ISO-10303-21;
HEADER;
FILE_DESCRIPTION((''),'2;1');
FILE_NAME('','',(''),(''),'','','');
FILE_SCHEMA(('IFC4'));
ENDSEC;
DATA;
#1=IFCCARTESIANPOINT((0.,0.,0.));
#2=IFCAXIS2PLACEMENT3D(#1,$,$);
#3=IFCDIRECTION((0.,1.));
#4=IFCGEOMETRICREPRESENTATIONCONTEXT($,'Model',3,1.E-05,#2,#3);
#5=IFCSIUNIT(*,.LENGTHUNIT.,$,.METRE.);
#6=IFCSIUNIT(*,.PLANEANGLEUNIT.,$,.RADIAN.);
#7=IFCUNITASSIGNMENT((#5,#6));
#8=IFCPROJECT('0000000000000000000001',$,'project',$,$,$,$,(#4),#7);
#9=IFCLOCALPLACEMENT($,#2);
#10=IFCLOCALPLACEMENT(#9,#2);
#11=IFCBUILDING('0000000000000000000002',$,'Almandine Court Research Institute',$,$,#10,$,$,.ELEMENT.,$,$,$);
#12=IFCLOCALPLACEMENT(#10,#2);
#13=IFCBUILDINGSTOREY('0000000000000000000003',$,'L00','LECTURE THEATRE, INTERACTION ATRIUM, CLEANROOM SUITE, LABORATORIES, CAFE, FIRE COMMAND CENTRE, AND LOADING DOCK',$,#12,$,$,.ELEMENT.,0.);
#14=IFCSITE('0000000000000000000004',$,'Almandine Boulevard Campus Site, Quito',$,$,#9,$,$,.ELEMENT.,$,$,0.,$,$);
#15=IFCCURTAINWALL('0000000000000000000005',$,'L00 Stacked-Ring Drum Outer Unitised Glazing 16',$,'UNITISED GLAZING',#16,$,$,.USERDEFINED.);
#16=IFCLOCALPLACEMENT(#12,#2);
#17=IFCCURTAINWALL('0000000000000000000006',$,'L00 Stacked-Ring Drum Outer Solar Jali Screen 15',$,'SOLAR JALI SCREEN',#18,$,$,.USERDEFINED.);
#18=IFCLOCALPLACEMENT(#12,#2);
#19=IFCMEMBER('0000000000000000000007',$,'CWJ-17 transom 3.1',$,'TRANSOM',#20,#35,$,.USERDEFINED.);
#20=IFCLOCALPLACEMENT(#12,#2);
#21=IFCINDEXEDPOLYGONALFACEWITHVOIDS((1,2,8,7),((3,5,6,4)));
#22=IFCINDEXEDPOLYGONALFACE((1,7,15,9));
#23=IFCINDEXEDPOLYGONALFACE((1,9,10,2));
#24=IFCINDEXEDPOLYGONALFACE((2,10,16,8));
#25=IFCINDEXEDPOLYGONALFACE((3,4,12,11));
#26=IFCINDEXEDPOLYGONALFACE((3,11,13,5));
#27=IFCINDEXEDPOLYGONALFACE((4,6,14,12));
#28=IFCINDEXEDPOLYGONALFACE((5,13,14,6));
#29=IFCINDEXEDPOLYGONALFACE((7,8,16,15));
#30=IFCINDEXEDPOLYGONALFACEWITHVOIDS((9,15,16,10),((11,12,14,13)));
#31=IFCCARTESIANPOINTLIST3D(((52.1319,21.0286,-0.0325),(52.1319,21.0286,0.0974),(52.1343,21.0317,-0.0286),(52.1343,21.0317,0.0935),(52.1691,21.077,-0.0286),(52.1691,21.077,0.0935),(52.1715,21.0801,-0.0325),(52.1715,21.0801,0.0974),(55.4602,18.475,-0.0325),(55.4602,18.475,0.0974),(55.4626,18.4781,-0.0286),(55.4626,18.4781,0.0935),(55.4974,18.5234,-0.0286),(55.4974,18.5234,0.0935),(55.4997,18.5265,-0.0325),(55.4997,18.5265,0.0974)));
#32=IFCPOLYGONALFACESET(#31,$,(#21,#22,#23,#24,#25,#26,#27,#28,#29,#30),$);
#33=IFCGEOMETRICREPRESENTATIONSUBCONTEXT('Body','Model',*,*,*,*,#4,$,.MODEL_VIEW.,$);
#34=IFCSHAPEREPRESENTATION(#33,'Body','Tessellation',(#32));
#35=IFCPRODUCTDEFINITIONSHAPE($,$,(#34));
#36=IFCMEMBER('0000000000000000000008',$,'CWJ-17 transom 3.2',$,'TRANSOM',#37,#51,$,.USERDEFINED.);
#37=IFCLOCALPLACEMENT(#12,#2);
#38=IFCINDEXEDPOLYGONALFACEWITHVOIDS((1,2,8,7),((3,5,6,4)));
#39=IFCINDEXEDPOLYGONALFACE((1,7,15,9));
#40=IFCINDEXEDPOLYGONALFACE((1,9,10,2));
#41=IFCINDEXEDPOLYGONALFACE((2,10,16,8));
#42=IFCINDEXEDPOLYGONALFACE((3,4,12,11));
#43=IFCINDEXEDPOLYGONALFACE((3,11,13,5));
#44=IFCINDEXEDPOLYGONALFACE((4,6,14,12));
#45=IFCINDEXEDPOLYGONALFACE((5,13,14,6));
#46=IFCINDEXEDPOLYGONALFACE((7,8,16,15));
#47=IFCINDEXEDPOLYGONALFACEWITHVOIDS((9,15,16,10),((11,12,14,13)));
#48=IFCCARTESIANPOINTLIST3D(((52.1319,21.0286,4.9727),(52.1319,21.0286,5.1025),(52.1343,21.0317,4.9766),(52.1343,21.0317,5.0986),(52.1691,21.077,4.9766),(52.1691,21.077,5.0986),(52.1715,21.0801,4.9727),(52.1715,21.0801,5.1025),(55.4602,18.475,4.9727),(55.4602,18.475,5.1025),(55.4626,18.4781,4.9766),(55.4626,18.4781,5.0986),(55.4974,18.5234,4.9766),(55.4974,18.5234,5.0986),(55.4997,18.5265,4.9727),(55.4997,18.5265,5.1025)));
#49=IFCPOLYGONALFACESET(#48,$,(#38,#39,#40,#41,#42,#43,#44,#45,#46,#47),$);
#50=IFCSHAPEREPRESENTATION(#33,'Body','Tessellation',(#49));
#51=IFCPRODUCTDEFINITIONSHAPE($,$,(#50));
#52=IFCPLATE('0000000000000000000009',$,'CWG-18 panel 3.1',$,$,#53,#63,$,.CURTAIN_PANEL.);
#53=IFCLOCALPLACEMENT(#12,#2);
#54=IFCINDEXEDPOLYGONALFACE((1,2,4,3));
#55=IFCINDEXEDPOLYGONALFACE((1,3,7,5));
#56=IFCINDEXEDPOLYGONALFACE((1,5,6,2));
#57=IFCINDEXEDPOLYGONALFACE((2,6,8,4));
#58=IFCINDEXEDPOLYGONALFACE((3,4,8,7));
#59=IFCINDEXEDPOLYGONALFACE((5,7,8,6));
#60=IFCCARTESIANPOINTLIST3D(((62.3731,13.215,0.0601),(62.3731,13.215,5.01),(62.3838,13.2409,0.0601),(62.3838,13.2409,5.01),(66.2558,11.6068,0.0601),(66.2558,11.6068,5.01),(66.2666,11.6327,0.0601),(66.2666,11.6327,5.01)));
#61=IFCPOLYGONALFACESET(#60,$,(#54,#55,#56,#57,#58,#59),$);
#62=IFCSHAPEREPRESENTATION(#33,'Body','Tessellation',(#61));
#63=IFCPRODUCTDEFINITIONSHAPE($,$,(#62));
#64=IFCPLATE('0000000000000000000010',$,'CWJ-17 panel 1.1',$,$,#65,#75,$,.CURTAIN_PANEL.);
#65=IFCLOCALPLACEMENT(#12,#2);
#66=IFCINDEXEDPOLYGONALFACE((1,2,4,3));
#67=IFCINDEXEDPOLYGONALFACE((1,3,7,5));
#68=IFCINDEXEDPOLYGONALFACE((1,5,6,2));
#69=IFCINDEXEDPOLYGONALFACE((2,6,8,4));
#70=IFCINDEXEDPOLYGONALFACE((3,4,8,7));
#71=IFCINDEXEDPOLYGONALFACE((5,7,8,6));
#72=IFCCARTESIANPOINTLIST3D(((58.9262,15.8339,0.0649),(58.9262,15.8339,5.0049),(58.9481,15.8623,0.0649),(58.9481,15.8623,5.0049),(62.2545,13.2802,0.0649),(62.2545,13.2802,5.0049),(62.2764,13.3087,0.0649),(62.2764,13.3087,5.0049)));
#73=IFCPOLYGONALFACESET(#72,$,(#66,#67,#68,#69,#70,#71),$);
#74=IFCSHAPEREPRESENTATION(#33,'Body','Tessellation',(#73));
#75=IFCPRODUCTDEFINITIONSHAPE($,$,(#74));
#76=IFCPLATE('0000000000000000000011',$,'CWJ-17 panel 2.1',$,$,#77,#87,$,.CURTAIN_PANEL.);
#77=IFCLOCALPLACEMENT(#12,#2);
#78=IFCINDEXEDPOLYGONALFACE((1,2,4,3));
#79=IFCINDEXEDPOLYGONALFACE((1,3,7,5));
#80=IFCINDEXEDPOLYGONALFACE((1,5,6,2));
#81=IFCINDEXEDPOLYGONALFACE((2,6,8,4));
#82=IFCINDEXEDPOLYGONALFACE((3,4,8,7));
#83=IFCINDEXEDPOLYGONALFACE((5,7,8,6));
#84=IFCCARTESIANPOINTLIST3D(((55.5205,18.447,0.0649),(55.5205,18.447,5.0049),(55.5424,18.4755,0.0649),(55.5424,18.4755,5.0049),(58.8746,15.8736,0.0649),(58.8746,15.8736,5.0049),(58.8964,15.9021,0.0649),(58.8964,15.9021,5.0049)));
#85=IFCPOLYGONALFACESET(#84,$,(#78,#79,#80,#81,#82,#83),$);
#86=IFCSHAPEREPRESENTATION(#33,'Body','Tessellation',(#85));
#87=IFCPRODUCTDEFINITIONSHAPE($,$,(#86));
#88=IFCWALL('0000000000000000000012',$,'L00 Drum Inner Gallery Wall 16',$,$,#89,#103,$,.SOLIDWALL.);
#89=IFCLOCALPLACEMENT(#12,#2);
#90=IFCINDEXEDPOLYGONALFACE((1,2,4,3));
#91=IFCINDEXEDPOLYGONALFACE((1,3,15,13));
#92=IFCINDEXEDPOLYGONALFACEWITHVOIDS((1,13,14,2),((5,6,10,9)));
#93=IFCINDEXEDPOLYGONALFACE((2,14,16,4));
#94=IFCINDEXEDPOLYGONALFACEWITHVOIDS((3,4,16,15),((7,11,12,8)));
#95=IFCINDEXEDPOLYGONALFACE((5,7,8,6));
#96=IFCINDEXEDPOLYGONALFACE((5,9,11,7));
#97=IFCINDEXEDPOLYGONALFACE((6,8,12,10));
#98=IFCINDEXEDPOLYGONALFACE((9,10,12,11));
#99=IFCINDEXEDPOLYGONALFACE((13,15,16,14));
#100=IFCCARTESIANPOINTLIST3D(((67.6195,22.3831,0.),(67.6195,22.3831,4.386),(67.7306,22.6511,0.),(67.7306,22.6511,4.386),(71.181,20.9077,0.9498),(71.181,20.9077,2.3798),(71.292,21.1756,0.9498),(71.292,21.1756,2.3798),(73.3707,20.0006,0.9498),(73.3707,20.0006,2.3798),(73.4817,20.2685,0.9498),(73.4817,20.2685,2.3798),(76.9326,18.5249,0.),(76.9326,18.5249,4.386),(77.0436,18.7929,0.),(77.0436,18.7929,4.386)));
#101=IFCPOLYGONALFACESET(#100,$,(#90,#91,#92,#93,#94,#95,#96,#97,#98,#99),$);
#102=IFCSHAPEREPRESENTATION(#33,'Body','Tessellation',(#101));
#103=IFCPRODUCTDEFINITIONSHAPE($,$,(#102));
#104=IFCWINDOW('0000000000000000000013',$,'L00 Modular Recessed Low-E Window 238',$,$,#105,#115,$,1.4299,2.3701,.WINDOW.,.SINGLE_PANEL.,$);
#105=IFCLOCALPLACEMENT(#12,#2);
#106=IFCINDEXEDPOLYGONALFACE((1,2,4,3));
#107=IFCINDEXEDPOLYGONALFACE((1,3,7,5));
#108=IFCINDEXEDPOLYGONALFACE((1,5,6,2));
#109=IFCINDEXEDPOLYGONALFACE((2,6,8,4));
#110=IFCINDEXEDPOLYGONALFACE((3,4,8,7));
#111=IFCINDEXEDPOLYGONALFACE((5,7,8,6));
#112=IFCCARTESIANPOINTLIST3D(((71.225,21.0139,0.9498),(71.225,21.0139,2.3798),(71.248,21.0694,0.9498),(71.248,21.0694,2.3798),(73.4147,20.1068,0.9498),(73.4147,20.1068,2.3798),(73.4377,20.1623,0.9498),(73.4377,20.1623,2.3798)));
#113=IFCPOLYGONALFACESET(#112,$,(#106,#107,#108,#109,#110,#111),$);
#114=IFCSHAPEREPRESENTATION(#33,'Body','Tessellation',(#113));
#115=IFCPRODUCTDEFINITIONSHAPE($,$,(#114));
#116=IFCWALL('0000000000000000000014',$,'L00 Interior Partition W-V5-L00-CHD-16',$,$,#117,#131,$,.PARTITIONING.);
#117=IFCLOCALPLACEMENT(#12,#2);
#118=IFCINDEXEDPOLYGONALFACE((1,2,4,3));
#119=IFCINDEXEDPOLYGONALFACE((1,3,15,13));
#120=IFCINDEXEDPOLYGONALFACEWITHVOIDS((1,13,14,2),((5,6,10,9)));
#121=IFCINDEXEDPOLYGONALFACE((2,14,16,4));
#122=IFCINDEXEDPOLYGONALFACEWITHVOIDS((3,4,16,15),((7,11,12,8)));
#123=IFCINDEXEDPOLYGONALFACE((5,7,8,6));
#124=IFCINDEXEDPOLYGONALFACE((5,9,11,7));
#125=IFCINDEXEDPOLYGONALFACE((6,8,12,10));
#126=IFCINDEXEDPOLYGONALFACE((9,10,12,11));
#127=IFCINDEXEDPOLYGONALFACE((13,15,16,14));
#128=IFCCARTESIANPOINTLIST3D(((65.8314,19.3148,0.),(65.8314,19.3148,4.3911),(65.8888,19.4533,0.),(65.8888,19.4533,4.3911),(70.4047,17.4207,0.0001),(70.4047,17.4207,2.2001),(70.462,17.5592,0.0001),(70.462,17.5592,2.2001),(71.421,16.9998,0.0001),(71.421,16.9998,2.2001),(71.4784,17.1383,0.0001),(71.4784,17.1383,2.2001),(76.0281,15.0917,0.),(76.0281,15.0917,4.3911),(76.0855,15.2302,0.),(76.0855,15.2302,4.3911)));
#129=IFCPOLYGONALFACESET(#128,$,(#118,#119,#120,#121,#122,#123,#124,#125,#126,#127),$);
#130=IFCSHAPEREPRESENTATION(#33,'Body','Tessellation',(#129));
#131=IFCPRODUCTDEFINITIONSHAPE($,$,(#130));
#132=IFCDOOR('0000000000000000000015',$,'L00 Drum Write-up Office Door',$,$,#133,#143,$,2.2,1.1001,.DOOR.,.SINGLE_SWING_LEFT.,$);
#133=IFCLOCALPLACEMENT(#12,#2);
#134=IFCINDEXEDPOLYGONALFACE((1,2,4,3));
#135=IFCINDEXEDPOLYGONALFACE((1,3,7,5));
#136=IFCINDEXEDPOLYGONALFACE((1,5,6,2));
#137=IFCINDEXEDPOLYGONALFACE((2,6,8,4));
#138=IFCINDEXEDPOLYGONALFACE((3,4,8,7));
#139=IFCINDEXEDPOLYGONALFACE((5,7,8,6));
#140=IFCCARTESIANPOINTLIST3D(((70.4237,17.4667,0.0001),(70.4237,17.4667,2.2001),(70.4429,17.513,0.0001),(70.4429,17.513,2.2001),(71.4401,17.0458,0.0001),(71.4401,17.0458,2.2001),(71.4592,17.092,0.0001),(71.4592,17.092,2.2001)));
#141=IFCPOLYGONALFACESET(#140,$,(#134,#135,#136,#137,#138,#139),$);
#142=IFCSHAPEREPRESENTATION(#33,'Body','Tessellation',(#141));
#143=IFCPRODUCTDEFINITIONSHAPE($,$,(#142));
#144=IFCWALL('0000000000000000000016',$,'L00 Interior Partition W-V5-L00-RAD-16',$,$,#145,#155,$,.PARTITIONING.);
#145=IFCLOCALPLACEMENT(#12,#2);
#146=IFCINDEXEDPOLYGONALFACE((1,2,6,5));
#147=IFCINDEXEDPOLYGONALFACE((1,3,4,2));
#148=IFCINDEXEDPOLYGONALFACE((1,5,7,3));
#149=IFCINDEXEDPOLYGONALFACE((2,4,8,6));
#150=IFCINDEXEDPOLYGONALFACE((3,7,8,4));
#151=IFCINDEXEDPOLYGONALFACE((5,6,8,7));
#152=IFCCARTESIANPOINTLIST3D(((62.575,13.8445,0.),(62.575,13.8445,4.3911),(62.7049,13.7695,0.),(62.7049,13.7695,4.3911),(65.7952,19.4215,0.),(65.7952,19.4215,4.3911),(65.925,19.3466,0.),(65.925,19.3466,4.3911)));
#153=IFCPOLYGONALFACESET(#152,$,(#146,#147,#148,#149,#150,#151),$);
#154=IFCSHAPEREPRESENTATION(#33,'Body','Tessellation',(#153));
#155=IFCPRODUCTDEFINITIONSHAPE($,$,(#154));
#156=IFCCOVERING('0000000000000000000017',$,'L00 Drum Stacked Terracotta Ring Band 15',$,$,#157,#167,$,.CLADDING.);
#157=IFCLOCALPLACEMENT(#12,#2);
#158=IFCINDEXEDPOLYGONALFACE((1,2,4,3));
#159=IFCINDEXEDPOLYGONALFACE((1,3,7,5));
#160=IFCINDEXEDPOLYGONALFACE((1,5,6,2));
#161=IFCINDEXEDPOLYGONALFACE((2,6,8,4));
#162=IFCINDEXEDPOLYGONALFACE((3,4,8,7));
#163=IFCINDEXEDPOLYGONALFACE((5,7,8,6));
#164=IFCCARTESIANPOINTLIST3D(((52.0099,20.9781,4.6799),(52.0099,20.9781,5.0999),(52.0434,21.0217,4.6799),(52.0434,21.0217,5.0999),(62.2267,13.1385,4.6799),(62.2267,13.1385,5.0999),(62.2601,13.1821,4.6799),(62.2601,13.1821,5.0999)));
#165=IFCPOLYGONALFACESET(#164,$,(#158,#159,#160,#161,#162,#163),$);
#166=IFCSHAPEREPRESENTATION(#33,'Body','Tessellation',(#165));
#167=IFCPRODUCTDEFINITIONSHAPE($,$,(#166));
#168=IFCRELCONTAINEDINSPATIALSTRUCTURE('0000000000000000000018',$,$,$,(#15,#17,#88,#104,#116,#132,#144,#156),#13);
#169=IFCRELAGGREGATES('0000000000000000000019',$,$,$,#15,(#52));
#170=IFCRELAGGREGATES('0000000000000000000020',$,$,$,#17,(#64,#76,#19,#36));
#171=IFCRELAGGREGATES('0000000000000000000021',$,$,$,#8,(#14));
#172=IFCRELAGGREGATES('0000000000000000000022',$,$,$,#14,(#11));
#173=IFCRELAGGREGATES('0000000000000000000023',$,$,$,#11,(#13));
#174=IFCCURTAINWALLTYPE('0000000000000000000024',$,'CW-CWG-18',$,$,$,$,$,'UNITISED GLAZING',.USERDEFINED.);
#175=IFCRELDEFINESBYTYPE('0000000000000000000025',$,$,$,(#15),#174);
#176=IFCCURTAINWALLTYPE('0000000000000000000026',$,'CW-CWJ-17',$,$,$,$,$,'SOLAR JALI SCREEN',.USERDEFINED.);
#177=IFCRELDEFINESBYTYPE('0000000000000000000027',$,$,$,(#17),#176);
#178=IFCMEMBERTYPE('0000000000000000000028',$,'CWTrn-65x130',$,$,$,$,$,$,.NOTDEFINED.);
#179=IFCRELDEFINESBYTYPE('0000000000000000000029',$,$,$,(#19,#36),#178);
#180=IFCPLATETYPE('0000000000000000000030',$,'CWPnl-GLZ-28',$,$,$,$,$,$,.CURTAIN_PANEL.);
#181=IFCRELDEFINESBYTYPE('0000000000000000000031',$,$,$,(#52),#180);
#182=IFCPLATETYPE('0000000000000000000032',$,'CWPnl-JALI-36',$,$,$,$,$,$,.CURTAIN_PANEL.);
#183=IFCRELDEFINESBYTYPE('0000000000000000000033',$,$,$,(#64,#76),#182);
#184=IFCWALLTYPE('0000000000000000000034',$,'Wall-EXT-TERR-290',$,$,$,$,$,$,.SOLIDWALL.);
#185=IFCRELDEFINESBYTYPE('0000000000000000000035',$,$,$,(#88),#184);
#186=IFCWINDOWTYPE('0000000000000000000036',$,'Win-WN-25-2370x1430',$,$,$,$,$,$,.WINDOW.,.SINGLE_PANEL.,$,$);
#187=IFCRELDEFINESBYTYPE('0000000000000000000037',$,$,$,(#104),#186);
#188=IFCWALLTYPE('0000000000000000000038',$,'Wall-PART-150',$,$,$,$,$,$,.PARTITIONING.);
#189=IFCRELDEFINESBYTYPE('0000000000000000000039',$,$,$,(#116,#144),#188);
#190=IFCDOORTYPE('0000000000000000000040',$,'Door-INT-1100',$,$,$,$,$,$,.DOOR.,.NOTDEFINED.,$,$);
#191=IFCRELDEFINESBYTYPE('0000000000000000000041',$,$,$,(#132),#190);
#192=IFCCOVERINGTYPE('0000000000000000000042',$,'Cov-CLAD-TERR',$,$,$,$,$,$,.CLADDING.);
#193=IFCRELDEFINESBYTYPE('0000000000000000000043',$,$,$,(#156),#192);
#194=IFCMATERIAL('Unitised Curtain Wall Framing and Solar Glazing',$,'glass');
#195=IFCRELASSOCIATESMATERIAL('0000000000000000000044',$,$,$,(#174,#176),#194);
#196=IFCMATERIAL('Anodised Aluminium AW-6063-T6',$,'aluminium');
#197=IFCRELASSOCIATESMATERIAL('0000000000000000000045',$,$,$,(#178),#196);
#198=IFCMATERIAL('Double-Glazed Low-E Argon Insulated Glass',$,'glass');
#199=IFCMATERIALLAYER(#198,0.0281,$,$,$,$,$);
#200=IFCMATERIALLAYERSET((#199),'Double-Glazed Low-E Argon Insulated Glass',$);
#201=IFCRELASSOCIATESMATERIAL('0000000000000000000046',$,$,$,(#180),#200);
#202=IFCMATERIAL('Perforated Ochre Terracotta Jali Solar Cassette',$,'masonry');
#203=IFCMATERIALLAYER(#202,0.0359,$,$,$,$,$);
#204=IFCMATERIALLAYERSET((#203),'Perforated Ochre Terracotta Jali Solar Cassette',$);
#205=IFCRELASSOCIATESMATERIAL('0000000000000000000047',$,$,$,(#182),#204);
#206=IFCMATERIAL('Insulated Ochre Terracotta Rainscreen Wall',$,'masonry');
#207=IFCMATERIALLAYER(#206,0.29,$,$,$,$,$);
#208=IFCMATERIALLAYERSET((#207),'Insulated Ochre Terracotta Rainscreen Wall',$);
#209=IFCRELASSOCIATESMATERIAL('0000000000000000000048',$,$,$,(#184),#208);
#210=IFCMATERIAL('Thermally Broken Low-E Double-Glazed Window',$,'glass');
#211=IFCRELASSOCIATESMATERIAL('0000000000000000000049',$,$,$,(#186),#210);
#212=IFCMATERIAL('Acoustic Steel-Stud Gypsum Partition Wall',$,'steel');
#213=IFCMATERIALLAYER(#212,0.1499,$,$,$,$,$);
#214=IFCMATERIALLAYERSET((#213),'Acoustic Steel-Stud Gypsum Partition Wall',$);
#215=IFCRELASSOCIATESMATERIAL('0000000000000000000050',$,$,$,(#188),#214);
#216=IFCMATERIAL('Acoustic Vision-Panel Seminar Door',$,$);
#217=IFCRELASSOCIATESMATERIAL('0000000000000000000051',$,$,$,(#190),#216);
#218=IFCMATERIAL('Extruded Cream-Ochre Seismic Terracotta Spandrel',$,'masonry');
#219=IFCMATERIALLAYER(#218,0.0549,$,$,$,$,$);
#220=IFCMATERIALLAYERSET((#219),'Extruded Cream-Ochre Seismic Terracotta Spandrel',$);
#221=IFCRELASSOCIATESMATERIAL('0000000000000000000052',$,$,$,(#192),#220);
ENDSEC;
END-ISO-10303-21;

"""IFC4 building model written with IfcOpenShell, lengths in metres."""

from ifc_helpers import new_model, si_unit, direction, frame, frame_2d, origin, origin_2d, place, context, subcontext, project, spatial, rectangle, hollow_rectangle, extrude, material, layer, layer_set, material_profile, profile_set, type_object, element, fill, aggregate, save


model = new_model("IFC4")

# Units and contexts
model_context = context("Model", 3, precision=1e-05, world=origin(), true_north=direction((0.0, 1.0)))
body_context = subcontext(model_context, "Body", "Model", "MODEL_VIEW")
ifc_project = project(units=[si_unit("LENGTHUNIT", "METRE"), si_unit("PLANEANGLEUNIT", "RADIAN")], contexts=[model_context])

# Site, building, storey
site_placement = place(None, origin())
site = spatial("IfcSite", under=ifc_project, at=site_placement, Name="Almandine Boulevard Campus Site, Quito", CompositionType="ELEMENT", RefElevation=0.0)
building_placement = place(site_placement, origin())
building = spatial("IfcBuilding", under=site, at=building_placement, Name="Almandine Court Research Institute", CompositionType="ELEMENT")
storey_placement = place(building_placement, origin())
storey = spatial("IfcBuildingStorey", under=building, at=storey_placement, Name="L00", Description="LECTURE THEATRE, INTERACTION ATRIUM, CLEANROOM SUITE, LABORATORIES, CAFE, FIRE COMMAND CENTRE, AND LOADING DOCK", CompositionType="ELEMENT", Elevation=0.0)

# Curtain walls
ifc_material_1 = material(Name="Unitised Curtain Wall Framing and Solar Glazing", Category="glass")
curtain_wall_type_1 = type_object("IfcCurtainWallType", Name="CW-CWG-18", ElementType="UNITISED GLAZING", PredefinedType="USERDEFINED", material=ifc_material_1)
curtain_wall_1_placement = place(storey_placement, origin())
curtain_wall_1 = element("IfcCurtainWall", 1, at=curtain_wall_1_placement, inside=storey, type_object=curtain_wall_type_1, Name="L00 Stacked-Ring Drum Outer Unitised Glazing 16", ObjectType="UNITISED GLAZING", PredefinedType="USERDEFINED")
ifc_material_2 = material(Name="Anodised Aluminium AW-6063-T6", Category="aluminium")
curtain_wall_type_2 = type_object("IfcCurtainWallType", Name="CW-CWJ-17", ElementType="SOLAR JALI SCREEN", PredefinedType="USERDEFINED", material=ifc_material_1)
curtain_wall_2_placement = place(storey_placement, origin())
curtain_wall_2 = element("IfcCurtainWall", 2, at=curtain_wall_2_placement, inside=storey, type_object=curtain_wall_type_2, Name="L00 Stacked-Ring Drum Outer Solar Jali Screen 15", ObjectType="SOLAR JALI SCREEN", PredefinedType="USERDEFINED")

# Members
ifc_material_profile_1 = material_profile(ifc_material_2, hollow_rectangle(XDim=0.0649, YDim=0.1299, WallThickness=0.0039, at=origin_2d()), Name="ALU RHS 65x130x4")
ifc_profile_set_1 = profile_set([ifc_material_profile_1], Name="Anodised Aluminium AW-6063-T6")
member_type_1 = type_object("IfcMemberType", Name="CWTrn-65x130", PredefinedType="NOTDEFINED", material=ifc_profile_set_1)
member_1_placement = place(storey_placement, frame((55.48, 18.5007, 0.0325), z_axis=(-0.793381, 0.608726, 0.0), x_axis=(-0.608726, -0.793381, 0.0)))
member_1 = element("IfcMember", 3, at=member_1_placement, type_object=member_type_1, Name="CWJ-17 transom 3.1", ObjectType="TRANSOM", PredefinedType="USERDEFINED", context=body_context, shape_type="SweptSolid", body=[
    extrude(hollow_rectangle(XDim=0.0649, YDim=0.1299, WallThickness=0.0039, at=origin_2d()), origin(), (0.0, 0.0, 1.0), 4.1951),
])
member_2_placement = place(storey_placement, frame((55.48, 18.5007, 5.0376), z_axis=(-0.793381, 0.608726, 0.0), x_axis=(-0.608726, -0.793381, 0.0)))
member_2 = element("IfcMember", 4, at=member_2_placement, type_object=member_type_1, Name="CWJ-17 transom 3.2", ObjectType="TRANSOM", PredefinedType="USERDEFINED", context=body_context, shape_type="SweptSolid", body=[
    extrude(hollow_rectangle(XDim=0.0649, YDim=0.1299, WallThickness=0.0039, at=origin_2d()), origin(), (0.0, 0.0, 1.0), 4.1951),
])

# Plates
ifc_material_3 = material(Name="Double-Glazed Low-E Argon Insulated Glass", Category="glass")
ifc_layer_1 = layer(ifc_material_3, 0.0281)
ifc_layer_set_1 = layer_set([ifc_layer_1], Name="Double-Glazed Low-E Argon Insulated Glass")
plate_type_1 = type_object("IfcPlateType", Name="CWPnl-GLZ-28", PredefinedType="CURTAIN_PANEL", material=ifc_layer_set_1)
plate_1_placement = place(storey_placement, frame((64.3198, 12.4238, 0.0601), z_axis=(0.0, 0.0, 1.0), x_axis=(-0.923888, 0.382663, 0.0)))
plate_1 = element("IfcPlate", 5, at=plate_1_placement, type_object=plate_type_1, Name="CWG-18 panel 3.1", PredefinedType="CURTAIN_PANEL", context=body_context, shape_type="SweptSolid", body=[
    extrude(rectangle(XDim=4.2026, YDim=0.0281, at=origin_2d()), origin(), (0.0, 0.0, 1.0), 4.95),
])
aggregate(curtain_wall_1, [plate_1])
ifc_material_4 = material(Name="Perforated Ochre Terracotta Jali Solar Cassette", Category="masonry")
ifc_layer_2 = layer(ifc_material_4, 0.0359)
ifc_layer_set_2 = layer_set([ifc_layer_2], Name="Perforated Ochre Terracotta Jali Solar Cassette")
plate_type_2 = type_object("IfcPlateType", Name="CWPnl-JALI-36", PredefinedType="CURTAIN_PANEL", material=ifc_layer_set_2)
plate_2_placement = place(storey_placement, frame((60.6013, 14.5713, 0.0649), z_axis=(0.0, 0.0, 1.0), x_axis=(-0.793383, 0.608723, 0.0)))
plate_2 = element("IfcPlate", 6, at=plate_2_placement, type_object=plate_type_2, Name="CWJ-17 panel 1.1", PredefinedType="CURTAIN_PANEL", context=body_context, shape_type="SweptSolid", body=[
    extrude(rectangle(XDim=4.1951, YDim=0.0359, at=origin_2d()), origin(), (0.0, 0.0, 1.0), 4.9399),
])
plate_3_placement = place(storey_placement, frame((57.2085, 17.1746, 0.0649), z_axis=(0.0, 0.0, 1.0), x_axis=(-0.793383, 0.608723, 0.0)))
plate_3 = element("IfcPlate", 7, at=plate_3_placement, type_object=plate_type_2, Name="CWJ-17 panel 2.1", PredefinedType="CURTAIN_PANEL", context=body_context, shape_type="SweptSolid", body=[
    extrude(rectangle(XDim=4.2275, YDim=0.0359, at=origin_2d()), origin(), (0.0, 0.0, 1.0), 4.9399),
])
aggregate(curtain_wall_2, [plate_2, plate_3, member_1, member_2])

# Wall, opening, window
ifc_material_5 = material(Name="Insulated Ochre Terracotta Rainscreen Wall", Category="masonry")
ifc_layer_3 = layer(ifc_material_5, 0.29)
ifc_layer_set_3 = layer_set([ifc_layer_3], Name="Insulated Ochre Terracotta Rainscreen Wall")
wall_type_1 = type_object("IfcWallType", Name="Wall-EXT-TERR-290", PredefinedType="SOLIDWALL", material=ifc_layer_set_3)
wall_1_placement = place(storey_placement, frame((67.675, 22.5171, 0.0), z_axis=(0.0, 0.0, 1.0), x_axis=(0.923859, -0.382733, 0.0)))
wall_1 = element("IfcWall", 8, at=wall_1_placement, inside=storey, type_object=wall_type_1, Name="L00 Drum Inner Gallery Wall 16", PredefinedType="SOLIDWALL", context=body_context, shape_type="SweptSolid", body=[
    extrude(rectangle(XDim=10.0806, YDim=0.29, at=frame_2d((5.0403, 0.0))), origin(), (0.0, 0.0, 1.0), 4.386),
])
opening_1_placement = place(wall_1_placement, frame((3.855, 0.0, 0.95)))
opening_1 = element("IfcOpeningElement", 9, at=opening_1_placement, cuts=wall_1, PredefinedType="OPENING", context=body_context, shape_type="SweptSolid", body=[
    extrude(rectangle(XDim=2.3701, YDim=1.4299, at=frame_2d((1.1851, 0.7148))), frame((0.0, 0.155, 0.0), z_axis=(0.0, -1.0, 0.0), x_axis=(1.0, 0.0, 0.0)), (0.0, 0.0, 1.0), 0.3101),
])
ifc_material_6 = material(Name="Thermally Broken Low-E Double-Glazed Window", Category="glass")
window_type = type_object("IfcWindowType", Name="Win-WN-25-2370x1430", PartitioningType="SINGLE_PANEL", PredefinedType="WINDOW", material=ifc_material_6)
window_placement = place(opening_1_placement, origin())
window = element("IfcWindow", 10, at=window_placement, inside=storey, type_object=window_type, Name="L00 Modular Recessed Low-E Window 238", OverallHeight=1.4299, OverallWidth=2.3701, PartitioningType="SINGLE_PANEL", PredefinedType="WINDOW", context=body_context, shape_type="SweptSolid", body=[
    extrude(rectangle(XDim=2.3701, YDim=1.4299, at=frame_2d((1.1851, 0.7148))), frame((0.0, 0.03, 0.0), z_axis=(0.0, -1.0, 0.0), x_axis=(1.0, 0.0, 0.0)), (0.0, 0.0, 1.0), 0.0601),
])
fill(opening_1, window)

# Wall, opening, door
ifc_material_7 = material(Name="Acoustic Steel-Stud Gypsum Partition Wall", Category="steel")
ifc_layer_4 = layer(ifc_material_7, 0.1499)
ifc_layer_set_4 = layer_set([ifc_layer_4], Name="Acoustic Steel-Stud Gypsum Partition Wall")
wall_type_2 = type_object("IfcWallType", Name="Wall-PART-150", PredefinedType="PARTITIONING", material=ifc_layer_set_4)
wall_2_placement = place(storey_placement, frame((65.8601, 19.384, 0.0), z_axis=(0.0, 0.0, 1.0), x_axis=(0.923896, -0.382645, 0.0)))
wall_2 = element("IfcWall", 11, at=wall_2_placement, inside=storey, type_object=wall_type_2, Name="L00 Interior Partition W-V5-L00-CHD-16", PredefinedType="PARTITIONING", context=body_context, shape_type="SweptSolid", body=[
    extrude(rectangle(XDim=11.0366, YDim=0.1499, at=frame_2d((5.5183, 0.0))), origin(), (0.0, 0.0, 1.0), 4.3911),
])
opening_2_placement = place(wall_2_placement, frame((4.95, 0.0, 0.0)))
opening_2 = element("IfcOpeningElement", 12, at=opening_2_placement, cuts=wall_2, PredefinedType="OPENING", context=body_context, shape_type="SweptSolid", body=[
    extrude(rectangle(XDim=1.1001, YDim=2.2, at=frame_2d((0.55, 1.1001))), frame((0.0, 0.085, 0.0), z_axis=(0.0, -1.0, 0.0), x_axis=(1.0, 0.0, 0.0)), (0.0, 0.0, 1.0), 0.1699),
])
ifc_material_8 = material(Name="Acoustic Vision-Panel Seminar Door")
door_type = type_object("IfcDoorType", Name="Door-INT-1100", OperationType="NOTDEFINED", PredefinedType="DOOR", material=ifc_material_8)
door_placement = place(opening_2_placement, origin())
door = element("IfcDoor", 13, at=door_placement, inside=storey, type_object=door_type, Name="L00 Drum Write-up Office Door", OperationType="SINGLE_SWING_LEFT", OverallHeight=2.2, OverallWidth=1.1001, PredefinedType="DOOR", context=body_context, shape_type="SweptSolid", body=[
    extrude(rectangle(XDim=1.1001, YDim=2.2, at=frame_2d((0.55, 1.1001))), frame((0.0, 0.0249, 0.0), z_axis=(0.0, -1.0, 0.0), x_axis=(1.0, 0.0, 0.0)), (0.0, 0.0, 1.0), 0.05),
])
fill(opening_2, door)

# Wall
wall_3_placement = place(storey_placement, frame((65.8601, 19.384, 0.0), z_axis=(0.0, 0.0, 1.0), x_axis=(-0.500029, -0.866009, 0.0)))
element("IfcWall", 14, at=wall_3_placement, inside=storey, type_object=wall_type_2, Name="L00 Interior Partition W-V5-L00-RAD-16", PredefinedType="PARTITIONING", context=body_context, shape_type="SweptSolid", body=[
    extrude(rectangle(XDim=6.4399, YDim=0.1499, at=frame_2d((3.22, 0.0))), origin(), (0.0, 0.0, 1.0), 4.3911),
])

# Covering
ifc_material_9 = material(Name="Extruded Cream-Ochre Seismic Terracotta Spandrel", Category="masonry")
ifc_layer_5 = layer(ifc_material_9, 0.0549)
ifc_layer_set_5 = layer_set([ifc_layer_5], Name="Extruded Cream-Ochre Seismic Terracotta Spandrel")
covering_type = type_object("IfcCoveringType", Name="Cov-CLAD-TERR", PredefinedType="CLADDING", material=ifc_layer_set_5)
covering_placement = place(storey_placement, frame((57.135, 17.0801, 4.6799), z_axis=(0.0, 0.0, 1.0), x_axis=(-0.793353, 0.608761, 0.0)))
element("IfcCovering", 15, at=covering_placement, inside=storey, type_object=covering_type, Name="L00 Drum Stacked Terracotta Ring Band 15", PredefinedType="CLADDING", context=body_context, shape_type="SweptSolid", body=[
    extrude(rectangle(XDim=12.8779, YDim=0.0549, at=origin_2d()), origin(), (0.0, 0.0, 1.0), 0.4199),
])

save(model, "model.ifc")
